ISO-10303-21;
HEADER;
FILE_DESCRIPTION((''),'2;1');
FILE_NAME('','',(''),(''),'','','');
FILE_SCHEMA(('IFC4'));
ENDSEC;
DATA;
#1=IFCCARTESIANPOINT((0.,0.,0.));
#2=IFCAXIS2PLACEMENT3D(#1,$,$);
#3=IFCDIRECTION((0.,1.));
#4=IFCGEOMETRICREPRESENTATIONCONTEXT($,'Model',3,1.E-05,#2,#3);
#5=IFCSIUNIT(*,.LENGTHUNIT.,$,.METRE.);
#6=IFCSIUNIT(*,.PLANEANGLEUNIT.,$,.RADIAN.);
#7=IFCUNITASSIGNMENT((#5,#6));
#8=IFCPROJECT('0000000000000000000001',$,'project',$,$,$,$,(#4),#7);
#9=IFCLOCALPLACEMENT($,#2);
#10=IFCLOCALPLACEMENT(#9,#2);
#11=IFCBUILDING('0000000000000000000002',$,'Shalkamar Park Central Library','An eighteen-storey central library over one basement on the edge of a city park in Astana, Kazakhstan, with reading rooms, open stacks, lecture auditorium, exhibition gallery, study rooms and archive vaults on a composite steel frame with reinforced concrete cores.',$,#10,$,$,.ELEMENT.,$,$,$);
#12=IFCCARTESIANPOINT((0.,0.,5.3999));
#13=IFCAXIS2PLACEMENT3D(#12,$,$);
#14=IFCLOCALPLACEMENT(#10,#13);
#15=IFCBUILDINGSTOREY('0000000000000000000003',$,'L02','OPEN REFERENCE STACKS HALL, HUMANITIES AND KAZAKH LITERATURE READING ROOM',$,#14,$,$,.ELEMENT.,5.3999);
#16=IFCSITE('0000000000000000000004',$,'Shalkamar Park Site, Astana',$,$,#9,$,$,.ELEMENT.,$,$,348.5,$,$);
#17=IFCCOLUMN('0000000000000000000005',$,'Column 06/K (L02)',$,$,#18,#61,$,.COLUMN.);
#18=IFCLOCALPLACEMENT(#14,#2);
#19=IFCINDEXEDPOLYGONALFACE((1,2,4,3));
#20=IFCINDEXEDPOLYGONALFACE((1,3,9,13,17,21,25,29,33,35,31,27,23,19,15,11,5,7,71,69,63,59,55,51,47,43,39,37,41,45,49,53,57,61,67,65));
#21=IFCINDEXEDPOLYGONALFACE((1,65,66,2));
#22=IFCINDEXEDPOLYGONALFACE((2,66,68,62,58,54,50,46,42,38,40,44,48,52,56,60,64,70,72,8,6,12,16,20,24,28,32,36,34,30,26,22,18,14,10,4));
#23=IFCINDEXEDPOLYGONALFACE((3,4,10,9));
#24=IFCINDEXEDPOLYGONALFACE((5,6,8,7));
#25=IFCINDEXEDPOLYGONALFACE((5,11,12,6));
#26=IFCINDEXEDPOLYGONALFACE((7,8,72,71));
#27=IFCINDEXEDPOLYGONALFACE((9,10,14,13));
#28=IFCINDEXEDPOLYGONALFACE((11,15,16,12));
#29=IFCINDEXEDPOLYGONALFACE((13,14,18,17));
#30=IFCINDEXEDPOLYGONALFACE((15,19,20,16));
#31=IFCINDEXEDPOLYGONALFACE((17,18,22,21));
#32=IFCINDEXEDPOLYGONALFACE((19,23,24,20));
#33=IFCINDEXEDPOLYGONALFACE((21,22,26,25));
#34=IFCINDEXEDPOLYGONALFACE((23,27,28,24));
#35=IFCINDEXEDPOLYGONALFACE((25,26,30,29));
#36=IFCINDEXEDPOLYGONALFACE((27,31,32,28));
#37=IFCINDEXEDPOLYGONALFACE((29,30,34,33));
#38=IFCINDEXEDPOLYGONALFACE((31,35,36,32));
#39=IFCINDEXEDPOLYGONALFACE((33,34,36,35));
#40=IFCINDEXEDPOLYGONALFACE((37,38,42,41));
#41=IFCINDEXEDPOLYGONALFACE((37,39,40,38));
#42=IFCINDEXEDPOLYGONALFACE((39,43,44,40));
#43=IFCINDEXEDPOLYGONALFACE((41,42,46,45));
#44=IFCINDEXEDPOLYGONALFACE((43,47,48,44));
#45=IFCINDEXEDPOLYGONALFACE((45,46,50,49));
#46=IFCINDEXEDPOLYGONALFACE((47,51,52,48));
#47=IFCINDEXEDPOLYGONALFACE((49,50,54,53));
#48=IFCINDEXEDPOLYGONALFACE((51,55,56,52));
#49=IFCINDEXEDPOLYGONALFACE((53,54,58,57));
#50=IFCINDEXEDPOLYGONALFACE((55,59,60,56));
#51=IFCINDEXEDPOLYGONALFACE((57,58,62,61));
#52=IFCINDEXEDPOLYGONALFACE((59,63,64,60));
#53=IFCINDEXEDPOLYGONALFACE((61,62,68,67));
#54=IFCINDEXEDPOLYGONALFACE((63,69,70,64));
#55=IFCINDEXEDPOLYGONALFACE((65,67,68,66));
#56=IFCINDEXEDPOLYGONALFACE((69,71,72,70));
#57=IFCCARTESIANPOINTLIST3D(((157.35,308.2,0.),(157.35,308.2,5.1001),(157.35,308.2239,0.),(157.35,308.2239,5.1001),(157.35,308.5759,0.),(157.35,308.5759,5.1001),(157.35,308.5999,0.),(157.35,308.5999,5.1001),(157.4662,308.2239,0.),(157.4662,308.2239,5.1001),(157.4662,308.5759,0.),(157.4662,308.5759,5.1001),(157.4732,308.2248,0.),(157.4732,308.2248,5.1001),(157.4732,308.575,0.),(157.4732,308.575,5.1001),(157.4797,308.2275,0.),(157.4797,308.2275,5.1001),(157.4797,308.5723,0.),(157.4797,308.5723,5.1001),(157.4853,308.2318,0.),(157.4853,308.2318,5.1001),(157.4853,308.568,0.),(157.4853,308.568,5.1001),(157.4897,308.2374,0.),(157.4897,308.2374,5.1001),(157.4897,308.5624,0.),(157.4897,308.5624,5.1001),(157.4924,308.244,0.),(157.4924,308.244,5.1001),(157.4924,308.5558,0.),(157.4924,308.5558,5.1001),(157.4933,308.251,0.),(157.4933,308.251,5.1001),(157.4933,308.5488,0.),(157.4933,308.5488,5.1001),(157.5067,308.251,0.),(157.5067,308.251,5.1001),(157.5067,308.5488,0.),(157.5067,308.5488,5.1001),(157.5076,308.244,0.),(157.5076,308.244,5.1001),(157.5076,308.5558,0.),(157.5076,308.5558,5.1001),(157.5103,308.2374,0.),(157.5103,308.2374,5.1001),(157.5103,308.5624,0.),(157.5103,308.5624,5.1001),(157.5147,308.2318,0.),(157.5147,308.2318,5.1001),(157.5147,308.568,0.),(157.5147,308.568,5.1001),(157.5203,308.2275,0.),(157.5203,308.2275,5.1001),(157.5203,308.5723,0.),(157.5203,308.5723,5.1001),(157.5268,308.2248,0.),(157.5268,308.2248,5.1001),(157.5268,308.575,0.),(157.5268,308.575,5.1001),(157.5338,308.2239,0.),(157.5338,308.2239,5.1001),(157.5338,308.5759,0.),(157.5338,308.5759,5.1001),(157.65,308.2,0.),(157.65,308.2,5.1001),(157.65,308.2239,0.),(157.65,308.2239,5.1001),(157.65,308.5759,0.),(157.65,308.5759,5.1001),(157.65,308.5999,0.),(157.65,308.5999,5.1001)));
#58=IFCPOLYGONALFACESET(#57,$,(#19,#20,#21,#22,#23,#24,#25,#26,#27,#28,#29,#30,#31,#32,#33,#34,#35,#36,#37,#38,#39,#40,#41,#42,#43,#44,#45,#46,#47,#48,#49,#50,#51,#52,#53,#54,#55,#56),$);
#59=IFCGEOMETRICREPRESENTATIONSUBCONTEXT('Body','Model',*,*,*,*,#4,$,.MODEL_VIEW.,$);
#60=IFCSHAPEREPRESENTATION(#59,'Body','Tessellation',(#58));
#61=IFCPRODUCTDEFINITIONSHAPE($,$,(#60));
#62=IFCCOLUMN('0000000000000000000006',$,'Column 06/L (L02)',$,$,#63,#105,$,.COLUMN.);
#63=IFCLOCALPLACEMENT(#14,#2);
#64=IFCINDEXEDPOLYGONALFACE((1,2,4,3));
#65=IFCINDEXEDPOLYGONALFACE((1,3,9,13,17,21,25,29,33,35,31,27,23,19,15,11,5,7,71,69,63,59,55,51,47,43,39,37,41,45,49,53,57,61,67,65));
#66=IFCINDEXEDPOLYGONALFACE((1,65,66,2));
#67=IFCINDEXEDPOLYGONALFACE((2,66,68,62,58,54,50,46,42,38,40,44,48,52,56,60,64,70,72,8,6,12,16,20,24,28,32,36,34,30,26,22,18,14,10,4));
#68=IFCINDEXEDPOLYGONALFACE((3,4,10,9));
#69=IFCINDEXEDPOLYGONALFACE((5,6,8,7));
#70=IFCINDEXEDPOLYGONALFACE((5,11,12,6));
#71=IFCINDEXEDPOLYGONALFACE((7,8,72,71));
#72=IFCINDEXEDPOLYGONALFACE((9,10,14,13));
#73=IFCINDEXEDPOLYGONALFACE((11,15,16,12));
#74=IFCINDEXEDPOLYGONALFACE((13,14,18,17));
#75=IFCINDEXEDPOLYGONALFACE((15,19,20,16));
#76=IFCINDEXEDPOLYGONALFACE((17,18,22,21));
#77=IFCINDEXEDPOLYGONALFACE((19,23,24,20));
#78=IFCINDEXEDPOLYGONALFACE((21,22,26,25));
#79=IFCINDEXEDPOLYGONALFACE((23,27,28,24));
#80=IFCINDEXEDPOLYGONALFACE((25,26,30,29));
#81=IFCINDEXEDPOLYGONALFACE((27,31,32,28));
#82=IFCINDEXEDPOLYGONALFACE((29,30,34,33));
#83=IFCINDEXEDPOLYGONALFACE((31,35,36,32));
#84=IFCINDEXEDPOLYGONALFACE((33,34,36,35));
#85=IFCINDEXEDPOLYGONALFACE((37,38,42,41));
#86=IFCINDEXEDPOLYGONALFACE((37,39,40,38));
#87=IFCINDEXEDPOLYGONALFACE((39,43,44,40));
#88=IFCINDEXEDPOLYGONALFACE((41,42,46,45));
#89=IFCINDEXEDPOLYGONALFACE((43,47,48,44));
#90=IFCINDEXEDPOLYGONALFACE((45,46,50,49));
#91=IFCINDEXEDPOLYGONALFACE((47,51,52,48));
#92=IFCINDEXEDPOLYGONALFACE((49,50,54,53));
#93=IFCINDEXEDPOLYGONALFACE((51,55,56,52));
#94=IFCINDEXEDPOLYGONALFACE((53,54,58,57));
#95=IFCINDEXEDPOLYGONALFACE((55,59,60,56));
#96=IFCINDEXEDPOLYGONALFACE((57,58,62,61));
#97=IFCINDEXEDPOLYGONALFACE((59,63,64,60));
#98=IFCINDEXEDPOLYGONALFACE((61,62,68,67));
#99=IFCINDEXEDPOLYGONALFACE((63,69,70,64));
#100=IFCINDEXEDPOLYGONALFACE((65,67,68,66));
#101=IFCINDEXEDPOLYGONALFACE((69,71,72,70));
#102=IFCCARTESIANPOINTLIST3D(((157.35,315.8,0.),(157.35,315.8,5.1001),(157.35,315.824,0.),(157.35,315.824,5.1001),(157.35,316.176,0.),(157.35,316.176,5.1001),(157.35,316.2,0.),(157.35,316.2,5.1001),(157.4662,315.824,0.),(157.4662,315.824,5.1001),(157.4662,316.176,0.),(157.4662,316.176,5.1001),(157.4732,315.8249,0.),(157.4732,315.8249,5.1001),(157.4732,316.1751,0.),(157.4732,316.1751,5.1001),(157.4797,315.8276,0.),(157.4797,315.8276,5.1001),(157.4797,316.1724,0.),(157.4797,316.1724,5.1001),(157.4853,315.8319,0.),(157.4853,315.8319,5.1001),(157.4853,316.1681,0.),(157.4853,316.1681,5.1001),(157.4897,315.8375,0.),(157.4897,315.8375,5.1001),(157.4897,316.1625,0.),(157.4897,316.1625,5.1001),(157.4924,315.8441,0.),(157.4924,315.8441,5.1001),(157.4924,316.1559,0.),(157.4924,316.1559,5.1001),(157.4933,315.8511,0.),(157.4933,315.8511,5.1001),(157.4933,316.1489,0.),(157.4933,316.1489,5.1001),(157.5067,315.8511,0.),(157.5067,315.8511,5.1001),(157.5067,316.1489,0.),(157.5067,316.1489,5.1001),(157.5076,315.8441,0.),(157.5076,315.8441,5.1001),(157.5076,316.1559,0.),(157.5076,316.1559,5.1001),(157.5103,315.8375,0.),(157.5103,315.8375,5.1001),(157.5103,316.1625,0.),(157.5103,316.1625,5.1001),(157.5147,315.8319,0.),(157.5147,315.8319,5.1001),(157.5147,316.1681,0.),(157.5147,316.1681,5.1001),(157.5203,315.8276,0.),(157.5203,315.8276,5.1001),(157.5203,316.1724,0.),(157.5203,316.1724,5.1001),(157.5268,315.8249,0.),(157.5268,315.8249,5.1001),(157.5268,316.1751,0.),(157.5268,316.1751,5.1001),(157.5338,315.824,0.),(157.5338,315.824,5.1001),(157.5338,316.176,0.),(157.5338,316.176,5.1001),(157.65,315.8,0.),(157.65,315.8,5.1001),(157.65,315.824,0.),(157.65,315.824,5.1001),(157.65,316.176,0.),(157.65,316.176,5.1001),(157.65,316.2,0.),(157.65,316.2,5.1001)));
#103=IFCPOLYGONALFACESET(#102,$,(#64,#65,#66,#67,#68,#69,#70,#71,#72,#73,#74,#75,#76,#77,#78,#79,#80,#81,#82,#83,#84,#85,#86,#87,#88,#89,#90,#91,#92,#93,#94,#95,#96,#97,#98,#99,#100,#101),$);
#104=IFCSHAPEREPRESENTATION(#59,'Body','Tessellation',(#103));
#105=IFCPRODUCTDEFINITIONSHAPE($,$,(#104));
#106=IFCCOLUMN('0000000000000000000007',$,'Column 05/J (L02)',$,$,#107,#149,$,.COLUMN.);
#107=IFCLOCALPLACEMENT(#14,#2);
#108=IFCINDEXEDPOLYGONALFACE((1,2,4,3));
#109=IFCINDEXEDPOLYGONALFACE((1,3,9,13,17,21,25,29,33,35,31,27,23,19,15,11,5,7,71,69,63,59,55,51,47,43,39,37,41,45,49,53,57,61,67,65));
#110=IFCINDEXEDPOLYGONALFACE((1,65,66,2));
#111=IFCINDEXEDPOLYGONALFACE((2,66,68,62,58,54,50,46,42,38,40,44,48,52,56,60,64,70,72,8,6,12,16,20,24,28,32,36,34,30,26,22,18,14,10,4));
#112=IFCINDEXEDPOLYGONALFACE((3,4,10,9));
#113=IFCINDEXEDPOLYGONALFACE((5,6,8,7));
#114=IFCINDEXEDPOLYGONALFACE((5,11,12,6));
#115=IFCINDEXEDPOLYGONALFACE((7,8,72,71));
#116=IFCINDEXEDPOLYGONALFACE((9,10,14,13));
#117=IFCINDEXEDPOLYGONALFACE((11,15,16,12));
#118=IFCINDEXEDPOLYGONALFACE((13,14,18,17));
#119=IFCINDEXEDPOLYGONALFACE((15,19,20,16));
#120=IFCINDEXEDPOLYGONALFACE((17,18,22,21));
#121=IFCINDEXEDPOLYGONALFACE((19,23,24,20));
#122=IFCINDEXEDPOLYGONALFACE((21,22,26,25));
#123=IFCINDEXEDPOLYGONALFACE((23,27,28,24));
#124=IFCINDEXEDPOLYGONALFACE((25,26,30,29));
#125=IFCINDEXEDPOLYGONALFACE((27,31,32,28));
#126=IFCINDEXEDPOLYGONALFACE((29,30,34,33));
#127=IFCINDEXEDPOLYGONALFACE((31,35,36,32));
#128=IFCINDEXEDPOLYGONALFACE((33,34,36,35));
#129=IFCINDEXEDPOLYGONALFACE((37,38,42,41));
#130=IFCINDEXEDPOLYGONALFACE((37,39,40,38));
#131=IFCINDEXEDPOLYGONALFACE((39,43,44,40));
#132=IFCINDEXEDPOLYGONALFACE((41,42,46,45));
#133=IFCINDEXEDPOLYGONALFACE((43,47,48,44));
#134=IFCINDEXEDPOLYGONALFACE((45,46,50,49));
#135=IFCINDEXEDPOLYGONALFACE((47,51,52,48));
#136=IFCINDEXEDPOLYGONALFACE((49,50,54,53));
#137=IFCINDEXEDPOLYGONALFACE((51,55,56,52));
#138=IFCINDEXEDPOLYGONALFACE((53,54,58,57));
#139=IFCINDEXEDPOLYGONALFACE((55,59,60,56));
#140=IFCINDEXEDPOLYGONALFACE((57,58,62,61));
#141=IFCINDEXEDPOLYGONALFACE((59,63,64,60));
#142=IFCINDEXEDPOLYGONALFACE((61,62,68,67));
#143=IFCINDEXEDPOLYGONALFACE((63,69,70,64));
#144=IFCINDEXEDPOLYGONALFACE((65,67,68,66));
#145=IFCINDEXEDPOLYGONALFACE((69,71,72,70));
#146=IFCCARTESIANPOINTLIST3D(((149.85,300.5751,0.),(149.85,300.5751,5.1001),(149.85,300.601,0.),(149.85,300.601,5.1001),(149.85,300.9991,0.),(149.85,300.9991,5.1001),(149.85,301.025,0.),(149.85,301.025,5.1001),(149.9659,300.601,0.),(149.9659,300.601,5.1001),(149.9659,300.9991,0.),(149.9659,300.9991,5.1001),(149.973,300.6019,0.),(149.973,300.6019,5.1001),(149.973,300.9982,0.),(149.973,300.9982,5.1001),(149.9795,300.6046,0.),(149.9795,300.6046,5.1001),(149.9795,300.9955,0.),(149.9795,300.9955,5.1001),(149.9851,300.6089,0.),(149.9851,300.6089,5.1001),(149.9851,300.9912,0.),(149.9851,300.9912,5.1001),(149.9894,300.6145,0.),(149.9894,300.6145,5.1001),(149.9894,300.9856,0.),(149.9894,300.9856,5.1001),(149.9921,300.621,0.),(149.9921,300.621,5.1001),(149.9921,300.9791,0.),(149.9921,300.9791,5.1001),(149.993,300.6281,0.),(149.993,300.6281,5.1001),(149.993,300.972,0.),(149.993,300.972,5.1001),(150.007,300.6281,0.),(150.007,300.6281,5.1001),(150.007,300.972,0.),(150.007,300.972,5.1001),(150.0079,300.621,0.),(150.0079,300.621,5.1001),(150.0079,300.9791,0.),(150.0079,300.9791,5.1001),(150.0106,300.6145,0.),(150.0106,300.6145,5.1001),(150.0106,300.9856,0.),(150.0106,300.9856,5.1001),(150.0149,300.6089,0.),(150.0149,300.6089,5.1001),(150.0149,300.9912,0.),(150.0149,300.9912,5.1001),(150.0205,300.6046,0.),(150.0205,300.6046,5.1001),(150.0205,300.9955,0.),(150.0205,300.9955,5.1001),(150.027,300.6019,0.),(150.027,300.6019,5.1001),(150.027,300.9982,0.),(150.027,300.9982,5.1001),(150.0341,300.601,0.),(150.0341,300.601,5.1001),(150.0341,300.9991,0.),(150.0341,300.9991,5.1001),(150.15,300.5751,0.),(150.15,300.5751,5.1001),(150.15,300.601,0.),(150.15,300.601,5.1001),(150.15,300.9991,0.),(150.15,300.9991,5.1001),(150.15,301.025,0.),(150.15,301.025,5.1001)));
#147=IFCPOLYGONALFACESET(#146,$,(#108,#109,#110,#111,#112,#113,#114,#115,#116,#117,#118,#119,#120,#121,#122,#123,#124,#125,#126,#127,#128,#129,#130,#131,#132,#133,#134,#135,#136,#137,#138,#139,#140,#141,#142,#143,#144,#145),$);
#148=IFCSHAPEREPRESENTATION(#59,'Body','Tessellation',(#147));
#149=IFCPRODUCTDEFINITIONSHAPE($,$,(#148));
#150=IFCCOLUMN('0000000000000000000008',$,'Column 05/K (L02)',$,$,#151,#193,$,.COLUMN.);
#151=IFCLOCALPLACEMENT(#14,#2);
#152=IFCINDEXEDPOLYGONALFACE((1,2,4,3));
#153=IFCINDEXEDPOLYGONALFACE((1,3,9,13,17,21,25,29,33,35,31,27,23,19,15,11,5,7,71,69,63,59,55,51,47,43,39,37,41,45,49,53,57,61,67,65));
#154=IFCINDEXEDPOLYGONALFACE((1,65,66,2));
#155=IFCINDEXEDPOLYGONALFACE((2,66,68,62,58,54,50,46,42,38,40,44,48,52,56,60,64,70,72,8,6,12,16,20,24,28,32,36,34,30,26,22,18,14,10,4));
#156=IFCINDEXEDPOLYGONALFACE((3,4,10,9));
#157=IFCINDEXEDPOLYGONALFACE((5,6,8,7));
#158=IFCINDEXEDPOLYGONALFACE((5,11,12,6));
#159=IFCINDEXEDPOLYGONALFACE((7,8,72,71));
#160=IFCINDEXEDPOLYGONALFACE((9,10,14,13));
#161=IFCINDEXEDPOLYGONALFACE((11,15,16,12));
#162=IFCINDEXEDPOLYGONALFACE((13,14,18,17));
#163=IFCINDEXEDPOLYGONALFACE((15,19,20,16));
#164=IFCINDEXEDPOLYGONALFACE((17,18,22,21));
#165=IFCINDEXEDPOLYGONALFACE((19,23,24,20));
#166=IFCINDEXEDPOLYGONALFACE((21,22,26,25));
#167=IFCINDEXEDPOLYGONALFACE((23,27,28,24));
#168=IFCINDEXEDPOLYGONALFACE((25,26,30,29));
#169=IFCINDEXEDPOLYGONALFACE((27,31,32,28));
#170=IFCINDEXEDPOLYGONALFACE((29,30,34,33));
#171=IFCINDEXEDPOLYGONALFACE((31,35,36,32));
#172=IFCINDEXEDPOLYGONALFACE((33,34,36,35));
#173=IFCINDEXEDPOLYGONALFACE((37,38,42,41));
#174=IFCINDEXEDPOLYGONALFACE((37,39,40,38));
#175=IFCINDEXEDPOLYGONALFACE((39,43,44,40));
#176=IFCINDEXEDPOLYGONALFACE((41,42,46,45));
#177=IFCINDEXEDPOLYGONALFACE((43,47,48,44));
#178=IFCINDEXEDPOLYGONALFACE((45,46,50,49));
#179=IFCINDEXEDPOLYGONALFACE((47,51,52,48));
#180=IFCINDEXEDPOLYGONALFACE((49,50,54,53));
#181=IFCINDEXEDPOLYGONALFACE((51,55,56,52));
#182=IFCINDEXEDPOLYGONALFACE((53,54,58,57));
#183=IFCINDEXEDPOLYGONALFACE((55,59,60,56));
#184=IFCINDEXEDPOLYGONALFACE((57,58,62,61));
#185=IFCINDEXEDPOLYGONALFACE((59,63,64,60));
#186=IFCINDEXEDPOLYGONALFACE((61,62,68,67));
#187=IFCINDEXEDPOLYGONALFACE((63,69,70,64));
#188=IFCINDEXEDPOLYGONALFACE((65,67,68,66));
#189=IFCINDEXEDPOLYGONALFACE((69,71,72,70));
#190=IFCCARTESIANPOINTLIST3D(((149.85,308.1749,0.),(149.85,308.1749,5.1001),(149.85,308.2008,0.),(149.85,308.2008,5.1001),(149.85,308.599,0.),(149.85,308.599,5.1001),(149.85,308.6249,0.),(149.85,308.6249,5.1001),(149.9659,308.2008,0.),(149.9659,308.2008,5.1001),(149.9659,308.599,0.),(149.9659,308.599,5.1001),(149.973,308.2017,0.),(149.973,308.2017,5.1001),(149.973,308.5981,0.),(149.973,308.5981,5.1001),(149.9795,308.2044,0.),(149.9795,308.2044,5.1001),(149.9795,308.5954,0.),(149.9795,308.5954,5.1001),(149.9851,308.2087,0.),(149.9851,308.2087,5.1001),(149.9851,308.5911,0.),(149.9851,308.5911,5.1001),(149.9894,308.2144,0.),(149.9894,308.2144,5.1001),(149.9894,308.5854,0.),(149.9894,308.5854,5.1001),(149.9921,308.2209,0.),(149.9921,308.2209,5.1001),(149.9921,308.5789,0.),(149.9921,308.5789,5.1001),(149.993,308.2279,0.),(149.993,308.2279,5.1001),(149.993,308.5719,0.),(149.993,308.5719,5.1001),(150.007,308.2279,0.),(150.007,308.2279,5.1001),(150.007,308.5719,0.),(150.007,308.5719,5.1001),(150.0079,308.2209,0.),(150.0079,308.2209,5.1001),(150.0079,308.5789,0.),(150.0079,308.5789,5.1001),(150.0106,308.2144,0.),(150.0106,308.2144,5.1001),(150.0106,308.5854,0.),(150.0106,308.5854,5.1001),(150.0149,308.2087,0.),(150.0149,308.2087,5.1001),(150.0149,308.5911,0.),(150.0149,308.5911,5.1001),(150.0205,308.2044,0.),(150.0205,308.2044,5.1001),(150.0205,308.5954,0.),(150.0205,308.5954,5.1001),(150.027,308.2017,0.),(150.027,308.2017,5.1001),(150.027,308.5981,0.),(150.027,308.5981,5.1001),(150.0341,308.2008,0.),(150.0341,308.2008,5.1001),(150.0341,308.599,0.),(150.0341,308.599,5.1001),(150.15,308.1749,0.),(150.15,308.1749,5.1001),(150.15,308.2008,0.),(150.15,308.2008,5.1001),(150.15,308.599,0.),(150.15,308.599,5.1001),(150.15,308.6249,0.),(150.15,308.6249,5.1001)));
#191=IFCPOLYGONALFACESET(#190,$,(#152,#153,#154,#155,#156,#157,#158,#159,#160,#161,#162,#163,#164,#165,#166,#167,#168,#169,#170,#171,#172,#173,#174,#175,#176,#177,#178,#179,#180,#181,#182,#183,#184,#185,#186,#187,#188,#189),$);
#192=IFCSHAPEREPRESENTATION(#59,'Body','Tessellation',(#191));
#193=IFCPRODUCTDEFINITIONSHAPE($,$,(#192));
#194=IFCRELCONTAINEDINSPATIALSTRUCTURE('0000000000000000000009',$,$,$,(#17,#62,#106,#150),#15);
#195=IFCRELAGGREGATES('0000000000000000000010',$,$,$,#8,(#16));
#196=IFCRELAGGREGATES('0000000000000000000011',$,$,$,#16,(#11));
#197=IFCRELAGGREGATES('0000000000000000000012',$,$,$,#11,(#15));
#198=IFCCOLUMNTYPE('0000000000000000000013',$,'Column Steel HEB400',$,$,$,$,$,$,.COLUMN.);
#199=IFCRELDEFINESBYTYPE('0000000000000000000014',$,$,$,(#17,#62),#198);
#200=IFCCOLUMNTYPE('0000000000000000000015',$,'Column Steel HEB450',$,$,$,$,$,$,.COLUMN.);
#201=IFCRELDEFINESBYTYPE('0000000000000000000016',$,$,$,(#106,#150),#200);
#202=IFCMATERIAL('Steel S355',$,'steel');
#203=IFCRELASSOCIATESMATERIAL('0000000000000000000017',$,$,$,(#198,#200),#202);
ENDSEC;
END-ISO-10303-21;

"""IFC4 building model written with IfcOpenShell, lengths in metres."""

from ifc_helpers import new_model, si_unit, direction, frame, origin, origin_2d, place, context, subcontext, project, spatial, i_section, extrude, material, material_profile, profile_set, type_object, element, save


model = new_model("IFC4")

# Units and contexts
model_context = context("Model", 3, precision=1e-05, world=origin(), true_north=direction((0.0, 1.0)))
body_context = subcontext(model_context, "Body", "Model", "MODEL_VIEW")
ifc_project = project(units=[si_unit("LENGTHUNIT", "METRE"), si_unit("PLANEANGLEUNIT", "RADIAN")], contexts=[model_context])

# Site, building, storey
site_placement = place(None, origin())
site = spatial("IfcSite", under=ifc_project, at=site_placement, Name="Shalkamar Park Site, Astana", CompositionType="ELEMENT", RefElevation=348.5)
building_placement = place(site_placement, origin())
building = spatial("IfcBuilding", under=site, at=building_placement, Name="Shalkamar Park Central Library", Description="An eighteen-storey central library over one basement on the edge of a city park in Astana, Kazakhstan, with reading rooms, open stacks, lecture auditorium, exhibition gallery, study rooms and archive vaults on a composite steel frame with reinforced concrete cores.", CompositionType="ELEMENT")
storey_placement = place(building_placement, frame((0.0, 0.0, 5.3999)))
storey = spatial("IfcBuildingStorey", under=building, at=storey_placement, Name="L02", Description="OPEN REFERENCE STACKS HALL, HUMANITIES AND KAZAKH LITERATURE READING ROOM", CompositionType="ELEMENT", Elevation=5.3999)

# Columns
ifc_material_1 = material(Name="Steel S355", Category="steel")
ifc_material_profile_1 = material_profile(ifc_material_1, i_section(OverallWidth=0.3, OverallDepth=0.3999, WebThickness=0.0134, FlangeThickness=0.0239, FilletRadius=0.0271, at=origin_2d()), Name="HEB 400")
ifc_profile_set_1 = profile_set([ifc_material_profile_1], Name="Steel S355")
column_type_1 = type_object("IfcColumnType", Name="Column Steel HEB400", PredefinedType="COLUMN", material=ifc_profile_set_1)
for number, where, z_axis, x_axis, name in (
    (1, (157.5, 308.3999, 0.0), (0.0, 0.0, 1.0), (1.0, 0.0, 0.0), "Column 06/K (L02)"),
    (2, (157.5, 316.0, 0.0), (0.0, 0.0, 1.0), (1.0, 0.0, 0.0), "Column 06/L (L02)"),
):
    element("IfcColumn", number, at=place(storey_placement, frame(where, z_axis=z_axis, x_axis=x_axis)), inside=storey, type_object=column_type_1, Name=name, PredefinedType="COLUMN", context=body_context, shape_type="SweptSolid", body=[
        extrude(i_section(OverallWidth=0.3, OverallDepth=0.3999, WebThickness=0.0134, FlangeThickness=0.0239, FilletRadius=0.0271, at=origin_2d()), origin(), (0.0, 0.0, 1.0), 5.1001),
    ])
ifc_material_profile_2 = material_profile(ifc_material_1, i_section(OverallWidth=0.3, OverallDepth=0.45, WebThickness=0.0139, FlangeThickness=0.0259, FilletRadius=0.0271, at=origin_2d()), Name="HEB 450")
ifc_profile_set_2 = profile_set([ifc_material_profile_2], Name="Steel S355")
column_type_2 = type_object("IfcColumnType", Name="Column Steel HEB450", PredefinedType="COLUMN", material=ifc_profile_set_2)
for number, where, z_axis, x_axis, name in (
    (3, (150.0, 300.8, 0.0), (0.0, 0.0, 1.0), (1.0, 0.0, 0.0), "Column 05/J (L02)"),
    (4, (150.0, 308.3999, 0.0), (0.0, 0.0, 1.0), (1.0, 0.0, 0.0), "Column 05/K (L02)"),
):
    element("IfcColumn", number, at=place(storey_placement, frame(where, z_axis=z_axis, x_axis=x_axis)), inside=storey, type_object=column_type_2, Name=name, PredefinedType="COLUMN", context=body_context, shape_type="SweptSolid", body=[
        extrude(i_section(OverallWidth=0.3, OverallDepth=0.45, WebThickness=0.0139, FlangeThickness=0.0259, FilletRadius=0.0271, at=origin_2d()), origin(), (0.0, 0.0, 1.0), 5.1001),
    ])

save(model, "model.ifc")
